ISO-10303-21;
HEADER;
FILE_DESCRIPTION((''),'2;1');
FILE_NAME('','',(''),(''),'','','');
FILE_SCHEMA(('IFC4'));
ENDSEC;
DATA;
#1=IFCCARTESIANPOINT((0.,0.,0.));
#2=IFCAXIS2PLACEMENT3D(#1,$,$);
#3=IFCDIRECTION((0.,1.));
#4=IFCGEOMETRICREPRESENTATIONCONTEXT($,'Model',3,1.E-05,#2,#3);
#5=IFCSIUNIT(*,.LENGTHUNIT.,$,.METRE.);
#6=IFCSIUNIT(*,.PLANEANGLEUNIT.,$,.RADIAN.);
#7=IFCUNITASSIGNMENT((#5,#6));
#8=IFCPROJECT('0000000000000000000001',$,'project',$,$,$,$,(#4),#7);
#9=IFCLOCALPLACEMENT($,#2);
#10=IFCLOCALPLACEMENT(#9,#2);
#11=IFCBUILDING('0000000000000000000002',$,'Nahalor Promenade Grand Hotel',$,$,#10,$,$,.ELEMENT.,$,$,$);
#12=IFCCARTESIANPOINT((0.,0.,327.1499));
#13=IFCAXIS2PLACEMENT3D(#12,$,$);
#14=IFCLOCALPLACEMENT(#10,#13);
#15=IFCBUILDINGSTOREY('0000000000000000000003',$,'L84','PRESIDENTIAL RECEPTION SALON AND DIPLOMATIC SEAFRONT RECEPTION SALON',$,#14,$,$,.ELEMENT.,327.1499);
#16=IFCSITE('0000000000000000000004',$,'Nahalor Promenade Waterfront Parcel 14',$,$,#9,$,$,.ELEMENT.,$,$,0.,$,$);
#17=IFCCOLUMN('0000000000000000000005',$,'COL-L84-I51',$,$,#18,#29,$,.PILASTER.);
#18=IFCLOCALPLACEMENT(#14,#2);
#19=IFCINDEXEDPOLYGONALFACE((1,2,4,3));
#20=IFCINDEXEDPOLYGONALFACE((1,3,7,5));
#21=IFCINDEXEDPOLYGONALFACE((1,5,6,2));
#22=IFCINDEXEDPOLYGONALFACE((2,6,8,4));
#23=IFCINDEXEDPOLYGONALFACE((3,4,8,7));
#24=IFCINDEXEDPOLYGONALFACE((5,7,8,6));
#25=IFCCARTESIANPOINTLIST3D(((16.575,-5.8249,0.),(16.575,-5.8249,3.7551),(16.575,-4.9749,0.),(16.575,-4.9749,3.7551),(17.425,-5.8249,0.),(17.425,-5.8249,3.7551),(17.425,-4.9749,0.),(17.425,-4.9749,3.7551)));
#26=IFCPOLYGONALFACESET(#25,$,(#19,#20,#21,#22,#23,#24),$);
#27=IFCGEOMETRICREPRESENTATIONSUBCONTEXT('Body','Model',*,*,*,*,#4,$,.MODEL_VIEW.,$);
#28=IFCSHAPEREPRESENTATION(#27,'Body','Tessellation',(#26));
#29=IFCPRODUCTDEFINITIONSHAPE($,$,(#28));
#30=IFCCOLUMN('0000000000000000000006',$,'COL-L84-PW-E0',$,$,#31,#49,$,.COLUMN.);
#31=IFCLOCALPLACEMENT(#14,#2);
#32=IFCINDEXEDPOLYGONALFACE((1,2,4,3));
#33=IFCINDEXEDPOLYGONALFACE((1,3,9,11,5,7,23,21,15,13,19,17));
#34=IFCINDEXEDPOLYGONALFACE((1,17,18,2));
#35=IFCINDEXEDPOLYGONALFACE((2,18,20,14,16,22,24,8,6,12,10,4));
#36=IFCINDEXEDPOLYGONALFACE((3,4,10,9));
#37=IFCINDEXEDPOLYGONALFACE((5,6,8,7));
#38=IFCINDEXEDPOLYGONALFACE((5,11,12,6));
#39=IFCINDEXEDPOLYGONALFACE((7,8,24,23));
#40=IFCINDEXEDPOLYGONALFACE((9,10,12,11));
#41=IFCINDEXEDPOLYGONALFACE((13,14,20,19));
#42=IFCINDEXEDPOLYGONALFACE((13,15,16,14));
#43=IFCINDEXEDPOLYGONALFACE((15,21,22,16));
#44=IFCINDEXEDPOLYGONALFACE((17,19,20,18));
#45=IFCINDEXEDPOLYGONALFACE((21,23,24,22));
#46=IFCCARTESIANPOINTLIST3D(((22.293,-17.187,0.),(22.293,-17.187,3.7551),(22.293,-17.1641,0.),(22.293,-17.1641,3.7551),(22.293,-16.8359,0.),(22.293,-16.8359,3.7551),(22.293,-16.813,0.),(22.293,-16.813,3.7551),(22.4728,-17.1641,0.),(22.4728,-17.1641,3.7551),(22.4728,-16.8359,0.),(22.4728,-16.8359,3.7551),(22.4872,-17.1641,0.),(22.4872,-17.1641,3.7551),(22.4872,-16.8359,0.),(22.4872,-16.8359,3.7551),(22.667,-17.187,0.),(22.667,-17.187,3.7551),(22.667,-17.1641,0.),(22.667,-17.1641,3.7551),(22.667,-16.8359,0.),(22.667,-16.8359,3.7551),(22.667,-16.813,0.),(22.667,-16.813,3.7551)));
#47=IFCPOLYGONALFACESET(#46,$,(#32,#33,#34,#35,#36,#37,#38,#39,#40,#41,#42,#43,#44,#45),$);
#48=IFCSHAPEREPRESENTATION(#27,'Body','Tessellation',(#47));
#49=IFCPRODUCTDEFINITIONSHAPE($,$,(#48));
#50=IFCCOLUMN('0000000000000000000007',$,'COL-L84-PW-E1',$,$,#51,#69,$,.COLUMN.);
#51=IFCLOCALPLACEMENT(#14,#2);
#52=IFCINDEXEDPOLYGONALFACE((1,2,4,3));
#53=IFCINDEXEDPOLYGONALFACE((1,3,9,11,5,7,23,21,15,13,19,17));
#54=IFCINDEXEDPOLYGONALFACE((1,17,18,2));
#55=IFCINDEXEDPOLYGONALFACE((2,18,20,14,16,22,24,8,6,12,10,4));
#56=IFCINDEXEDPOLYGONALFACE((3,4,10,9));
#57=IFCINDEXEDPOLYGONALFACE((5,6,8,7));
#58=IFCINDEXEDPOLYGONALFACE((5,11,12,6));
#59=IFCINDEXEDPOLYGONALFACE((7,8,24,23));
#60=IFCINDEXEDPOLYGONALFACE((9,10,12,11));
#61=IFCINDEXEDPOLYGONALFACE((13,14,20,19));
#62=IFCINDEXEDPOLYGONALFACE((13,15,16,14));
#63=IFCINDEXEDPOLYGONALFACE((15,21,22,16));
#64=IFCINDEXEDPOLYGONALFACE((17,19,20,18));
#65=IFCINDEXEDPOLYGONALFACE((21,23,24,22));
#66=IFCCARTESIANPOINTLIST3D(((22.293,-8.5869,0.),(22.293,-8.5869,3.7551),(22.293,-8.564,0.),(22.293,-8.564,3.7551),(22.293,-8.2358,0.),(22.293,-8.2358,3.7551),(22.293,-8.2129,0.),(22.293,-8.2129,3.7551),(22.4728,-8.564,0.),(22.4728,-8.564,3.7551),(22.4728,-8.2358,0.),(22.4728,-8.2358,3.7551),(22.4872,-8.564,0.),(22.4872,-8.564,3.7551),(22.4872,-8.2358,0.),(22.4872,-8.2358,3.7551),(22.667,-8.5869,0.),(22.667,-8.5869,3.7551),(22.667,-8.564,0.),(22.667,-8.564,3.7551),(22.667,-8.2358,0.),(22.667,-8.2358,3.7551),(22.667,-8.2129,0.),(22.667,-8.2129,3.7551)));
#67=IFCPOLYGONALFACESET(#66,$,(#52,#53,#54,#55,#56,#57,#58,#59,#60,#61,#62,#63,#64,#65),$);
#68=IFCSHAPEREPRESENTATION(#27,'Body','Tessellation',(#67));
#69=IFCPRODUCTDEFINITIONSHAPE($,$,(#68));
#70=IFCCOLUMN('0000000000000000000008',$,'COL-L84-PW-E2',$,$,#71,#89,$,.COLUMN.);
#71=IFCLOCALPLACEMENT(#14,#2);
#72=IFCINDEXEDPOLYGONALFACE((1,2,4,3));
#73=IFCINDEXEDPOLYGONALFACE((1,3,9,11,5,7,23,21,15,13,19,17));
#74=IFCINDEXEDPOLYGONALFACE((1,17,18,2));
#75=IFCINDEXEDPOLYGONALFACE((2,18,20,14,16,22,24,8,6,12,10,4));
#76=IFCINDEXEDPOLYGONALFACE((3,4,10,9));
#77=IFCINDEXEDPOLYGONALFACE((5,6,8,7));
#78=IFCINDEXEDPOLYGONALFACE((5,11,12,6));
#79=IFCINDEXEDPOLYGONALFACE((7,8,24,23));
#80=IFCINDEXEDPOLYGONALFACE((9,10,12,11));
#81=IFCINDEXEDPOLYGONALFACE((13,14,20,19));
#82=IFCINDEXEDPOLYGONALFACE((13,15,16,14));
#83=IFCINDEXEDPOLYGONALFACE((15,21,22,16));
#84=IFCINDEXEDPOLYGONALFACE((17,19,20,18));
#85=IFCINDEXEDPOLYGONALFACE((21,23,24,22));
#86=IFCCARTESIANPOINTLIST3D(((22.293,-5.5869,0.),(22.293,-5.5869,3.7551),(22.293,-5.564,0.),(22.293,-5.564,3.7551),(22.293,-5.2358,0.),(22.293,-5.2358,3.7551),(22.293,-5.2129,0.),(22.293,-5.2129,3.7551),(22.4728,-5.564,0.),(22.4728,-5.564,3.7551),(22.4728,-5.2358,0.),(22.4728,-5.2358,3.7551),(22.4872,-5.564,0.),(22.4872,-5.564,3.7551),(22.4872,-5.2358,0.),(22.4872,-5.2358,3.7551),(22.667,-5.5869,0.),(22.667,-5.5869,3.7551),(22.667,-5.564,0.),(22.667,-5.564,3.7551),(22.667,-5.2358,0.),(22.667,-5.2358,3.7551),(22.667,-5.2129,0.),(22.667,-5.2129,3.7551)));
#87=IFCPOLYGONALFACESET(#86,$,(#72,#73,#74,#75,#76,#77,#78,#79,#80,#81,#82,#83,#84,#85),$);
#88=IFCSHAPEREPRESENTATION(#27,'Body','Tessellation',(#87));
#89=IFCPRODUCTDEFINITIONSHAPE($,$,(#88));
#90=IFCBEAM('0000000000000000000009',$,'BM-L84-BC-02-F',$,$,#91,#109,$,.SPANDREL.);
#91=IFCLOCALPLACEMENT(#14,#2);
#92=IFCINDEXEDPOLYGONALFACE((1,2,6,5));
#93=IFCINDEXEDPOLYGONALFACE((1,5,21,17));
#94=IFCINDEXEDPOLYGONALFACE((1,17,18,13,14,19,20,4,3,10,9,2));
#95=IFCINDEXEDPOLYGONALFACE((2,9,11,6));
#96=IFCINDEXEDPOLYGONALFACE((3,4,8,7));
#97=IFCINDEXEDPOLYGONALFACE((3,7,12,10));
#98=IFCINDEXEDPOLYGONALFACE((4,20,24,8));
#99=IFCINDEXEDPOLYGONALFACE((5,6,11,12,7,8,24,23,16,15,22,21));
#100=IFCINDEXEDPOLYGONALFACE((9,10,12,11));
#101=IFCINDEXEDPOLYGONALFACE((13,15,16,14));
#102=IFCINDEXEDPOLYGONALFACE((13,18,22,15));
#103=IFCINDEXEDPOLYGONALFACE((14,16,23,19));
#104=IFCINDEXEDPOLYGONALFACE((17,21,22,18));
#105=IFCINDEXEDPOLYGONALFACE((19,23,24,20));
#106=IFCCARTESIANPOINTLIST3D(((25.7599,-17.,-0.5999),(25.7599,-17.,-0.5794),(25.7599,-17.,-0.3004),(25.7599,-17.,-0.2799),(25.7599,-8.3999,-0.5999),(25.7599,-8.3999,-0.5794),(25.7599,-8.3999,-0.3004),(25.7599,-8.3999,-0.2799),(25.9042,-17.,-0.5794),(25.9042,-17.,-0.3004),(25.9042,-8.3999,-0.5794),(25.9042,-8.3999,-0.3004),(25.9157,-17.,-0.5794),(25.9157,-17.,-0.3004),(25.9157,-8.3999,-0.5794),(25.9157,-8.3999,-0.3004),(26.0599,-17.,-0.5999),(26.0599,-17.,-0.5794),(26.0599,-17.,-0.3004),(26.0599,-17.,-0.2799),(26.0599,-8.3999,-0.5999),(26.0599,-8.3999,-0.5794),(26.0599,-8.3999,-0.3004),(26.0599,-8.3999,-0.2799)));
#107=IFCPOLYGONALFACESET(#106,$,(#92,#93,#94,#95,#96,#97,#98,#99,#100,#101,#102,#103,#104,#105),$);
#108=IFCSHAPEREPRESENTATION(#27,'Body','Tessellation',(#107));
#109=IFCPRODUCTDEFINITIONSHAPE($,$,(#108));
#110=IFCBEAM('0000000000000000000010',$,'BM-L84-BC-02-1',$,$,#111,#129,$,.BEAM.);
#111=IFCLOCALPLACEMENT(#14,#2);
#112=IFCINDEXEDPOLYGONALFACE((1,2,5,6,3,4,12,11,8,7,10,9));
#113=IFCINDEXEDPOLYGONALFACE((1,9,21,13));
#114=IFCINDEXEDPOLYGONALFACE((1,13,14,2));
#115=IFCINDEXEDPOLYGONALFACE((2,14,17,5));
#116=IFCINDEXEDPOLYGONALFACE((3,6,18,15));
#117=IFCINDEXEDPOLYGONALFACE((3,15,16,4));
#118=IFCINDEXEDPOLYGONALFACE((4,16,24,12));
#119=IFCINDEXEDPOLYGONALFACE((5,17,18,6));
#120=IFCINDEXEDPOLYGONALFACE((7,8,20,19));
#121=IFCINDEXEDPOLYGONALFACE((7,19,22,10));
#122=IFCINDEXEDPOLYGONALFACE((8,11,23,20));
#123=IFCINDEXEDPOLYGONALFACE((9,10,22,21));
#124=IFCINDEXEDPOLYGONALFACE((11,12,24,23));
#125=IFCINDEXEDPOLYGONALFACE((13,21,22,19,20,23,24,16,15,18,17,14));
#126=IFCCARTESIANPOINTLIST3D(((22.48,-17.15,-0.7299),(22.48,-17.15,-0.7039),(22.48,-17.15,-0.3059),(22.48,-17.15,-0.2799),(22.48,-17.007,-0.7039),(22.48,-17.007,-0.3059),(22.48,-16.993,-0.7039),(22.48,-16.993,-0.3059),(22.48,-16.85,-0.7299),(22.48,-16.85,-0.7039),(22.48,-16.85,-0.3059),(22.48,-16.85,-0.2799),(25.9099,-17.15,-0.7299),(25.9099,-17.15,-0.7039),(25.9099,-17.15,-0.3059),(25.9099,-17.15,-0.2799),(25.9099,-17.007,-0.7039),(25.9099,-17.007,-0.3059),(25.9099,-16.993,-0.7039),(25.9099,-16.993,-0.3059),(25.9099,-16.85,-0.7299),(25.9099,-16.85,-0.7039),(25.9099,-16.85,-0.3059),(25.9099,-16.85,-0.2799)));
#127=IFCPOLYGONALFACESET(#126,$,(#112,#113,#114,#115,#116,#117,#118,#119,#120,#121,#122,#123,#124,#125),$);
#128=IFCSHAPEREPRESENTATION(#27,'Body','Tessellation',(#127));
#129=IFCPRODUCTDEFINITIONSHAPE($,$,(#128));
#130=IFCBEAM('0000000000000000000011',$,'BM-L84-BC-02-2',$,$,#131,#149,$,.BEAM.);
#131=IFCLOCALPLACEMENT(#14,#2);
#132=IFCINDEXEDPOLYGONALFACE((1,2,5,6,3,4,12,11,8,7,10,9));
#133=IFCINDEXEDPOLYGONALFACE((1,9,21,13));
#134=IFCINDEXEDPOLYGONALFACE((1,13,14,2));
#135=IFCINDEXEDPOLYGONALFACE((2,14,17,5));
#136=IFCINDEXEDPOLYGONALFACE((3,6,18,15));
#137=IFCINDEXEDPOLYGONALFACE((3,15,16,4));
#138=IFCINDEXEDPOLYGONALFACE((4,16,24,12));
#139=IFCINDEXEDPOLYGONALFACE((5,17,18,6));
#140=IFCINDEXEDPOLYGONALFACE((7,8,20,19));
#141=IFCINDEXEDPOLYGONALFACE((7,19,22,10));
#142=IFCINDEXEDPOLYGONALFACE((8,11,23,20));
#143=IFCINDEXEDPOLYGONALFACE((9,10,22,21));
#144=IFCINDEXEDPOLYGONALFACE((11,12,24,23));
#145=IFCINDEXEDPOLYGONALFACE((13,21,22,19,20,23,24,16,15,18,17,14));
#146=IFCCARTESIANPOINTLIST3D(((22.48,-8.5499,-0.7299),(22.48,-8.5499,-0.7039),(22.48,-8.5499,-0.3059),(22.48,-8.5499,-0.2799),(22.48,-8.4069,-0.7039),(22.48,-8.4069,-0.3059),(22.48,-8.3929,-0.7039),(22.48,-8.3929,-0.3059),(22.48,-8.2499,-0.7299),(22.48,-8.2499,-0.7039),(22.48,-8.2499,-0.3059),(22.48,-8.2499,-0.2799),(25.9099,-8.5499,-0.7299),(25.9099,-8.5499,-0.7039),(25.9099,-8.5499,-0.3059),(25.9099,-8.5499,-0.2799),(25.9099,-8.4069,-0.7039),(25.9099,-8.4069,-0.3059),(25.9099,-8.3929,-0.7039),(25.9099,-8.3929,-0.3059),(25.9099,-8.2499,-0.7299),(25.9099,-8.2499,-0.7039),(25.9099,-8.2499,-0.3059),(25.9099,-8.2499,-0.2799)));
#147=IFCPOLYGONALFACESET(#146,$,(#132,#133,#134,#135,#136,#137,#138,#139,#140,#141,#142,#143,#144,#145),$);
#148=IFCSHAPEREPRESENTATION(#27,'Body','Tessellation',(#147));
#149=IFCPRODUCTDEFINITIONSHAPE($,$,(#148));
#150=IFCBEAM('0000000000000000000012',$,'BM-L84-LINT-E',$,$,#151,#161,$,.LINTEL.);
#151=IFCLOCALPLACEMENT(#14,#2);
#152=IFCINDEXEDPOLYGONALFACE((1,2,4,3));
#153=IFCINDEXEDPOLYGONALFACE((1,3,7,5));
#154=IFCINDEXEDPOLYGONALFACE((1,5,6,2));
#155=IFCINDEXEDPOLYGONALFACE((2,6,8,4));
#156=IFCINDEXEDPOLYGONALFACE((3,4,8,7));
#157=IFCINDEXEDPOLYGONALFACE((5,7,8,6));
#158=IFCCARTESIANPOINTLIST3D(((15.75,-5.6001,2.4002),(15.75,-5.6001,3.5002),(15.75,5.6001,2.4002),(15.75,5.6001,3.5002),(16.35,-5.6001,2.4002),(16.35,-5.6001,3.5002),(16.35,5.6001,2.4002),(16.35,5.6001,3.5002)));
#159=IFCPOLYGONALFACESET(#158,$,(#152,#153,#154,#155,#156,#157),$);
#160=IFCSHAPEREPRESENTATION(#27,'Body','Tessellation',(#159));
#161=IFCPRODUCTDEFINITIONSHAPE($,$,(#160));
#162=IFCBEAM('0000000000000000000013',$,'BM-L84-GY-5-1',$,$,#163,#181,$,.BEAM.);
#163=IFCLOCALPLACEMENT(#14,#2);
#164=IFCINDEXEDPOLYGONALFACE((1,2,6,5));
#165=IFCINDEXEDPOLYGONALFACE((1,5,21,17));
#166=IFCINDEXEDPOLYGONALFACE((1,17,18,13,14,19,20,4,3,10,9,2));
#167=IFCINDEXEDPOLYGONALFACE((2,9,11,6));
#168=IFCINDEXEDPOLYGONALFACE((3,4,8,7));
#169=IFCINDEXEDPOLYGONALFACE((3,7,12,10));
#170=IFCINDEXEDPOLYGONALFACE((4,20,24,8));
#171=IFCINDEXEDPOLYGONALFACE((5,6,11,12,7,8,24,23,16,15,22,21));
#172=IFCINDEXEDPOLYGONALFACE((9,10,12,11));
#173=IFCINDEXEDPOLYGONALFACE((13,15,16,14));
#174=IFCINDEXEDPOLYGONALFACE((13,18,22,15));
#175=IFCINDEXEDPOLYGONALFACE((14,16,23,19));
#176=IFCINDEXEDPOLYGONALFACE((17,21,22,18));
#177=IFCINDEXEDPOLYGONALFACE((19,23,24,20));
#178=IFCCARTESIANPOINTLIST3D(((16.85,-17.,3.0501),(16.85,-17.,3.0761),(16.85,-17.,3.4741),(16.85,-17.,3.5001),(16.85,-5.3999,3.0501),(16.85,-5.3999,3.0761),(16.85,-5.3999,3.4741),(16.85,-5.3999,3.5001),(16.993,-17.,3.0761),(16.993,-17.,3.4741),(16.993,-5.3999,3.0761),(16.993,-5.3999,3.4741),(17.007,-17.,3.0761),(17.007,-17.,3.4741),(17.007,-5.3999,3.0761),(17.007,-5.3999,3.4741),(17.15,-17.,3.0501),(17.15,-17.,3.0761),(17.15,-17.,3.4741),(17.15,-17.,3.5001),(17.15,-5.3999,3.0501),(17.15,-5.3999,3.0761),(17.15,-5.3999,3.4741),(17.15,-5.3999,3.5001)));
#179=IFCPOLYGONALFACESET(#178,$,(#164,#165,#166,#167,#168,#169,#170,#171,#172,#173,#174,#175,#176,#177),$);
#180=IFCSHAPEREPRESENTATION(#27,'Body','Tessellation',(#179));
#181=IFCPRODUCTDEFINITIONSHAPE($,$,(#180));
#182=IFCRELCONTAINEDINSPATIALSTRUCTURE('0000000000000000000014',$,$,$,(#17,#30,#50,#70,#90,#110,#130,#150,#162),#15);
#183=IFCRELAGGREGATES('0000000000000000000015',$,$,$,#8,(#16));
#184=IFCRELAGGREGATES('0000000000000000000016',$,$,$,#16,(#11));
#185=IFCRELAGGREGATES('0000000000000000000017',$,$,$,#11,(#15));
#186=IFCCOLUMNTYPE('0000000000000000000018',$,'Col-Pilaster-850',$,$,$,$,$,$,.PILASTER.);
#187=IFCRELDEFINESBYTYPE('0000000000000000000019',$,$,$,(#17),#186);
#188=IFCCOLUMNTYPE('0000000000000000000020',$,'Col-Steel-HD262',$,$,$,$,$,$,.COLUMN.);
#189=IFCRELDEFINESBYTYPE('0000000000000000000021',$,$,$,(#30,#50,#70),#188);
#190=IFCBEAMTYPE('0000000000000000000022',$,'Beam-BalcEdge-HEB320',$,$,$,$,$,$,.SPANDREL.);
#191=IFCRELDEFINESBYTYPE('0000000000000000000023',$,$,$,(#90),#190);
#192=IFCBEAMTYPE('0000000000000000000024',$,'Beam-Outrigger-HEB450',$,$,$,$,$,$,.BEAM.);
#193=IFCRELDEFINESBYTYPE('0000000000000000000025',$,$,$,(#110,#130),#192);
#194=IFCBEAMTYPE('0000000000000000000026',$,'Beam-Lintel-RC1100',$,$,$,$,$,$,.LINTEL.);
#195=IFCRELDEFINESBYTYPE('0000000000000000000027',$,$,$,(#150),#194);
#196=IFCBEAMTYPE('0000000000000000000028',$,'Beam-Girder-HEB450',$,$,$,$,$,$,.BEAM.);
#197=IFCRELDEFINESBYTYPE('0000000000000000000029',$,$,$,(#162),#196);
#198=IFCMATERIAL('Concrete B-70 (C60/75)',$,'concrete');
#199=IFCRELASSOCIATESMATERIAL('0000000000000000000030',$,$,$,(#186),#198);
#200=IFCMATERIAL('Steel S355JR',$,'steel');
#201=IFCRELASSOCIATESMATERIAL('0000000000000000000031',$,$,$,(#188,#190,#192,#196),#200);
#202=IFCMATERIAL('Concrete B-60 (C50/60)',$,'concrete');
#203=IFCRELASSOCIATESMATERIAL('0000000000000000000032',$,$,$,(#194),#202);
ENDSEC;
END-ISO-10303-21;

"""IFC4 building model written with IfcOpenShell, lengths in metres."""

from ifc_helpers import new_model, si_unit, direction, frame, origin, origin_2d, place, context, subcontext, project, spatial, rectangle, i_section, extrude, source, transform, mapped, material, material_profile, profile_set, type_object, element, save


model = new_model("IFC4")

# Units and contexts
model_context = context("Model", 3, precision=1e-05, world=origin(), true_north=direction((0.0, 1.0)))
body_context = subcontext(model_context, "Body", "Model", "MODEL_VIEW")
ifc_project = project(units=[si_unit("LENGTHUNIT", "METRE"), si_unit("PLANEANGLEUNIT", "RADIAN")], contexts=[model_context])

# Site, building, storey
site_placement = place(None, origin())
site = spatial("IfcSite", under=ifc_project, at=site_placement, Name="Nahalor Promenade Waterfront Parcel 14", CompositionType="ELEMENT", RefElevation=0.0)
building_placement = place(site_placement, origin())
building = spatial("IfcBuilding", under=site, at=building_placement, Name="Nahalor Promenade Grand Hotel", CompositionType="ELEMENT")
storey_placement = place(building_placement, frame((0.0, 0.0, 327.1499)))
storey = spatial("IfcBuildingStorey", under=building, at=storey_placement, Name="L84", Description="PRESIDENTIAL RECEPTION SALON AND DIPLOMATIC SEAFRONT RECEPTION SALON", CompositionType="ELEMENT", Elevation=327.1499)

# Columns
ifc_material_1 = material(Name="Concrete B-70 (C60/75)", Category="concrete")
ifc_material_profile_1 = material_profile(ifc_material_1, rectangle(XDim=0.85, YDim=0.85, at=origin_2d()), Name="RC 850x850")
ifc_profile_set_1 = profile_set([ifc_material_profile_1], Name="Concrete B-70 (C60/75)")
column_type_1 = type_object("IfcColumnType", Name="Col-Pilaster-850", PredefinedType="PILASTER", material=ifc_profile_set_1)
shared_shape_1 = source(origin(), body_context, "Body", "SweptSolid", [
    extrude(rectangle(XDim=0.85, YDim=0.85, at=origin_2d()), origin(), (0.0, 0.0, 1.0), 3.7551),
])
column_placement = place(storey_placement, frame((17.0, -5.3999, 0.0), z_axis=(0.0, 0.0, 1.0), x_axis=(1.0, 0.0, 0.0)))
element("IfcColumn", 1, at=column_placement, inside=storey, type_object=column_type_1, Name="COL-L84-I51", PredefinedType="PILASTER", context=body_context, shape_type="MappedRepresentation", body=[
    mapped(shared_shape_1, transform((0.0, 0.0, 0.0), scale=1.0)),
])
ifc_material_2 = material(Name="Steel S355JR", Category="steel")
ifc_material_profile_2 = material_profile(ifc_material_2, i_section(OverallWidth=0.374, OverallDepth=0.374, WebThickness=0.0144, FlangeThickness=0.0229, at=origin_2d()), Name="HD 360x262")
ifc_profile_set_2 = profile_set([ifc_material_profile_2], Name="Steel S355JR")
column_type_2 = type_object("IfcColumnType", Name="Col-Steel-HD262", PredefinedType="COLUMN", material=ifc_profile_set_2)
shared_shape_2 = source(origin(), body_context, "Body", "SweptSolid", [
    extrude(i_section(OverallWidth=0.374, OverallDepth=0.374, WebThickness=0.0144, FlangeThickness=0.0229, at=origin_2d()), origin(), (0.0, 0.0, 1.0), 3.7551),
])
for number, where, z_axis, x_axis, name in (
    (2, (22.48, -17.0, 0.0), (0.0, 0.0, 1.0), (1.0, 0.0, 0.0), "COL-L84-PW-E0"),
    (3, (22.48, -8.3999, 0.0), (0.0, 0.0, 1.0), (1.0, 0.0, 0.0), "COL-L84-PW-E1"),
    (4, (22.48, -5.3999, 0.0), (0.0, 0.0, 1.0), (1.0, 0.0, 0.0), "COL-L84-PW-E2"),
):
    element("IfcColumn", number, at=place(storey_placement, frame(where, z_axis=z_axis, x_axis=x_axis)), inside=storey, type_object=column_type_2, Name=name, PredefinedType="COLUMN", context=body_context, shape_type="MappedRepresentation", body=[
        mapped(shared_shape_2, transform((0.0, 0.0, 0.0), scale=1.0)),
    ])

# Beams
ifc_material_profile_3 = material_profile(ifc_material_2, i_section(OverallWidth=0.3, OverallDepth=0.32, WebThickness=0.0115, FlangeThickness=0.0205, at=origin_2d()), Name="HEB 320")
ifc_profile_set_3 = profile_set([ifc_material_profile_3], Name="Steel S355JR")
beam_type_1 = type_object("IfcBeamType", Name="Beam-BalcEdge-HEB320", PredefinedType="SPANDREL", material=ifc_profile_set_3)
shared_shape_3 = source(origin(), body_context, "Body", "SweptSolid", [
    extrude(i_section(OverallWidth=0.3, OverallDepth=0.32, WebThickness=0.0115, FlangeThickness=0.0205, at=origin_2d()), origin(), (0.0, 0.0, 1.0), 8.6001),
])
beam_1_placement = place(storey_placement, frame((25.9099, -17.0, -0.4399), z_axis=(0.0, 1.0, 0.0), x_axis=(-1.0, 0.0, 0.0)))
element("IfcBeam", 5, at=beam_1_placement, inside=storey, type_object=beam_type_1, Name="BM-L84-BC-02-F", PredefinedType="SPANDREL", context=body_context, shape_type="MappedRepresentation", body=[
    mapped(shared_shape_3, transform((0.0, 0.0, 0.0), scale=1.0)),
])
ifc_material_profile_4 = material_profile(ifc_material_2, i_section(OverallWidth=0.3, OverallDepth=0.45, WebThickness=0.014, FlangeThickness=0.026, at=origin_2d()), Name="HEB 450")
ifc_profile_set_4 = profile_set([ifc_material_profile_4], Name="Steel S355JR")
beam_type_2 = type_object("IfcBeamType", Name="Beam-Outrigger-HEB450", PredefinedType="BEAM", material=ifc_profile_set_4)
shared_shape_4 = source(origin(), body_context, "Body", "SweptSolid", [
    extrude(i_section(OverallWidth=0.3, OverallDepth=0.45, WebThickness=0.014, FlangeThickness=0.026, at=origin_2d()), origin(), (0.0, 0.0, 1.0), 3.4299),
])
for number, where, z_axis, x_axis, name in (
    (6, (22.48, -17.0, -0.5049), (1.0, 0.0, 0.0), (0.0, 1.0, 0.0), "BM-L84-BC-02-1"),
    (7, (22.48, -8.3999, -0.5049), (1.0, 0.0, 0.0), (0.0, 1.0, 0.0), "BM-L84-BC-02-2"),
):
    element("IfcBeam", number, at=place(storey_placement, frame(where, z_axis=z_axis, x_axis=x_axis)), inside=storey, type_object=beam_type_2, Name=name, PredefinedType="BEAM", context=body_context, shape_type="MappedRepresentation", body=[
        mapped(shared_shape_4, transform((0.0, 0.0, 0.0), scale=1.0)),
    ])
ifc_material_3 = material(Name="Concrete B-60 (C50/60)", Category="concrete")
ifc_material_profile_5 = material_profile(ifc_material_3, rectangle(XDim=0.6, YDim=1.1, at=origin_2d()), Name="RC 600x1100")
ifc_profile_set_5 = profile_set([ifc_material_profile_5], Name="Concrete B-60 (C50/60)")
beam_type_3 = type_object("IfcBeamType", Name="Beam-Lintel-RC1100", PredefinedType="LINTEL", material=ifc_profile_set_5)
shared_shape_5 = source(origin(), body_context, "Body", "SweptSolid", [
    extrude(rectangle(XDim=0.6, YDim=1.1, at=origin_2d()), origin(), (0.0, 0.0, 1.0), 11.2002),
])
beam_2_placement = place(storey_placement, frame((16.05, -5.6001, 2.9502), z_axis=(0.0, 1.0, 0.0), x_axis=(-1.0, 0.0, 0.0)))
element("IfcBeam", 8, at=beam_2_placement, inside=storey, type_object=beam_type_3, Name="BM-L84-LINT-E", PredefinedType="LINTEL", context=body_context, shape_type="MappedRepresentation", body=[
    mapped(shared_shape_5, transform((0.0, 0.0, 0.0), scale=1.0)),
])
ifc_material_profile_6 = material_profile(ifc_material_2, i_section(OverallWidth=0.3, OverallDepth=0.45, WebThickness=0.014, FlangeThickness=0.026, at=origin_2d()), Name="HEB 450")
ifc_profile_set_6 = profile_set([ifc_material_profile_6], Name="Steel S355JR")
beam_type_4 = type_object("IfcBeamType", Name="Beam-Girder-HEB450", PredefinedType="BEAM", material=ifc_profile_set_6)
shared_shape_6 = source(origin(), body_context, "Body", "SweptSolid", [
    extrude(i_section(OverallWidth=0.3, OverallDepth=0.45, WebThickness=0.014, FlangeThickness=0.026, at=origin_2d()), origin(), (0.0, 0.0, 1.0), 11.6001),
])
beam_3_placement = place(storey_placement, frame((17.0, -17.0, 3.2751), z_axis=(0.0, 1.0, 0.0), x_axis=(-1.0, 0.0, 0.0)))
element("IfcBeam", 9, at=beam_3_placement, inside=storey, type_object=beam_type_4, Name="BM-L84-GY-5-1", PredefinedType="BEAM", context=body_context, shape_type="MappedRepresentation", body=[
    mapped(shared_shape_6, transform((0.0, 0.0, 0.0), scale=1.0)),
])

save(model, "model.ifc")
